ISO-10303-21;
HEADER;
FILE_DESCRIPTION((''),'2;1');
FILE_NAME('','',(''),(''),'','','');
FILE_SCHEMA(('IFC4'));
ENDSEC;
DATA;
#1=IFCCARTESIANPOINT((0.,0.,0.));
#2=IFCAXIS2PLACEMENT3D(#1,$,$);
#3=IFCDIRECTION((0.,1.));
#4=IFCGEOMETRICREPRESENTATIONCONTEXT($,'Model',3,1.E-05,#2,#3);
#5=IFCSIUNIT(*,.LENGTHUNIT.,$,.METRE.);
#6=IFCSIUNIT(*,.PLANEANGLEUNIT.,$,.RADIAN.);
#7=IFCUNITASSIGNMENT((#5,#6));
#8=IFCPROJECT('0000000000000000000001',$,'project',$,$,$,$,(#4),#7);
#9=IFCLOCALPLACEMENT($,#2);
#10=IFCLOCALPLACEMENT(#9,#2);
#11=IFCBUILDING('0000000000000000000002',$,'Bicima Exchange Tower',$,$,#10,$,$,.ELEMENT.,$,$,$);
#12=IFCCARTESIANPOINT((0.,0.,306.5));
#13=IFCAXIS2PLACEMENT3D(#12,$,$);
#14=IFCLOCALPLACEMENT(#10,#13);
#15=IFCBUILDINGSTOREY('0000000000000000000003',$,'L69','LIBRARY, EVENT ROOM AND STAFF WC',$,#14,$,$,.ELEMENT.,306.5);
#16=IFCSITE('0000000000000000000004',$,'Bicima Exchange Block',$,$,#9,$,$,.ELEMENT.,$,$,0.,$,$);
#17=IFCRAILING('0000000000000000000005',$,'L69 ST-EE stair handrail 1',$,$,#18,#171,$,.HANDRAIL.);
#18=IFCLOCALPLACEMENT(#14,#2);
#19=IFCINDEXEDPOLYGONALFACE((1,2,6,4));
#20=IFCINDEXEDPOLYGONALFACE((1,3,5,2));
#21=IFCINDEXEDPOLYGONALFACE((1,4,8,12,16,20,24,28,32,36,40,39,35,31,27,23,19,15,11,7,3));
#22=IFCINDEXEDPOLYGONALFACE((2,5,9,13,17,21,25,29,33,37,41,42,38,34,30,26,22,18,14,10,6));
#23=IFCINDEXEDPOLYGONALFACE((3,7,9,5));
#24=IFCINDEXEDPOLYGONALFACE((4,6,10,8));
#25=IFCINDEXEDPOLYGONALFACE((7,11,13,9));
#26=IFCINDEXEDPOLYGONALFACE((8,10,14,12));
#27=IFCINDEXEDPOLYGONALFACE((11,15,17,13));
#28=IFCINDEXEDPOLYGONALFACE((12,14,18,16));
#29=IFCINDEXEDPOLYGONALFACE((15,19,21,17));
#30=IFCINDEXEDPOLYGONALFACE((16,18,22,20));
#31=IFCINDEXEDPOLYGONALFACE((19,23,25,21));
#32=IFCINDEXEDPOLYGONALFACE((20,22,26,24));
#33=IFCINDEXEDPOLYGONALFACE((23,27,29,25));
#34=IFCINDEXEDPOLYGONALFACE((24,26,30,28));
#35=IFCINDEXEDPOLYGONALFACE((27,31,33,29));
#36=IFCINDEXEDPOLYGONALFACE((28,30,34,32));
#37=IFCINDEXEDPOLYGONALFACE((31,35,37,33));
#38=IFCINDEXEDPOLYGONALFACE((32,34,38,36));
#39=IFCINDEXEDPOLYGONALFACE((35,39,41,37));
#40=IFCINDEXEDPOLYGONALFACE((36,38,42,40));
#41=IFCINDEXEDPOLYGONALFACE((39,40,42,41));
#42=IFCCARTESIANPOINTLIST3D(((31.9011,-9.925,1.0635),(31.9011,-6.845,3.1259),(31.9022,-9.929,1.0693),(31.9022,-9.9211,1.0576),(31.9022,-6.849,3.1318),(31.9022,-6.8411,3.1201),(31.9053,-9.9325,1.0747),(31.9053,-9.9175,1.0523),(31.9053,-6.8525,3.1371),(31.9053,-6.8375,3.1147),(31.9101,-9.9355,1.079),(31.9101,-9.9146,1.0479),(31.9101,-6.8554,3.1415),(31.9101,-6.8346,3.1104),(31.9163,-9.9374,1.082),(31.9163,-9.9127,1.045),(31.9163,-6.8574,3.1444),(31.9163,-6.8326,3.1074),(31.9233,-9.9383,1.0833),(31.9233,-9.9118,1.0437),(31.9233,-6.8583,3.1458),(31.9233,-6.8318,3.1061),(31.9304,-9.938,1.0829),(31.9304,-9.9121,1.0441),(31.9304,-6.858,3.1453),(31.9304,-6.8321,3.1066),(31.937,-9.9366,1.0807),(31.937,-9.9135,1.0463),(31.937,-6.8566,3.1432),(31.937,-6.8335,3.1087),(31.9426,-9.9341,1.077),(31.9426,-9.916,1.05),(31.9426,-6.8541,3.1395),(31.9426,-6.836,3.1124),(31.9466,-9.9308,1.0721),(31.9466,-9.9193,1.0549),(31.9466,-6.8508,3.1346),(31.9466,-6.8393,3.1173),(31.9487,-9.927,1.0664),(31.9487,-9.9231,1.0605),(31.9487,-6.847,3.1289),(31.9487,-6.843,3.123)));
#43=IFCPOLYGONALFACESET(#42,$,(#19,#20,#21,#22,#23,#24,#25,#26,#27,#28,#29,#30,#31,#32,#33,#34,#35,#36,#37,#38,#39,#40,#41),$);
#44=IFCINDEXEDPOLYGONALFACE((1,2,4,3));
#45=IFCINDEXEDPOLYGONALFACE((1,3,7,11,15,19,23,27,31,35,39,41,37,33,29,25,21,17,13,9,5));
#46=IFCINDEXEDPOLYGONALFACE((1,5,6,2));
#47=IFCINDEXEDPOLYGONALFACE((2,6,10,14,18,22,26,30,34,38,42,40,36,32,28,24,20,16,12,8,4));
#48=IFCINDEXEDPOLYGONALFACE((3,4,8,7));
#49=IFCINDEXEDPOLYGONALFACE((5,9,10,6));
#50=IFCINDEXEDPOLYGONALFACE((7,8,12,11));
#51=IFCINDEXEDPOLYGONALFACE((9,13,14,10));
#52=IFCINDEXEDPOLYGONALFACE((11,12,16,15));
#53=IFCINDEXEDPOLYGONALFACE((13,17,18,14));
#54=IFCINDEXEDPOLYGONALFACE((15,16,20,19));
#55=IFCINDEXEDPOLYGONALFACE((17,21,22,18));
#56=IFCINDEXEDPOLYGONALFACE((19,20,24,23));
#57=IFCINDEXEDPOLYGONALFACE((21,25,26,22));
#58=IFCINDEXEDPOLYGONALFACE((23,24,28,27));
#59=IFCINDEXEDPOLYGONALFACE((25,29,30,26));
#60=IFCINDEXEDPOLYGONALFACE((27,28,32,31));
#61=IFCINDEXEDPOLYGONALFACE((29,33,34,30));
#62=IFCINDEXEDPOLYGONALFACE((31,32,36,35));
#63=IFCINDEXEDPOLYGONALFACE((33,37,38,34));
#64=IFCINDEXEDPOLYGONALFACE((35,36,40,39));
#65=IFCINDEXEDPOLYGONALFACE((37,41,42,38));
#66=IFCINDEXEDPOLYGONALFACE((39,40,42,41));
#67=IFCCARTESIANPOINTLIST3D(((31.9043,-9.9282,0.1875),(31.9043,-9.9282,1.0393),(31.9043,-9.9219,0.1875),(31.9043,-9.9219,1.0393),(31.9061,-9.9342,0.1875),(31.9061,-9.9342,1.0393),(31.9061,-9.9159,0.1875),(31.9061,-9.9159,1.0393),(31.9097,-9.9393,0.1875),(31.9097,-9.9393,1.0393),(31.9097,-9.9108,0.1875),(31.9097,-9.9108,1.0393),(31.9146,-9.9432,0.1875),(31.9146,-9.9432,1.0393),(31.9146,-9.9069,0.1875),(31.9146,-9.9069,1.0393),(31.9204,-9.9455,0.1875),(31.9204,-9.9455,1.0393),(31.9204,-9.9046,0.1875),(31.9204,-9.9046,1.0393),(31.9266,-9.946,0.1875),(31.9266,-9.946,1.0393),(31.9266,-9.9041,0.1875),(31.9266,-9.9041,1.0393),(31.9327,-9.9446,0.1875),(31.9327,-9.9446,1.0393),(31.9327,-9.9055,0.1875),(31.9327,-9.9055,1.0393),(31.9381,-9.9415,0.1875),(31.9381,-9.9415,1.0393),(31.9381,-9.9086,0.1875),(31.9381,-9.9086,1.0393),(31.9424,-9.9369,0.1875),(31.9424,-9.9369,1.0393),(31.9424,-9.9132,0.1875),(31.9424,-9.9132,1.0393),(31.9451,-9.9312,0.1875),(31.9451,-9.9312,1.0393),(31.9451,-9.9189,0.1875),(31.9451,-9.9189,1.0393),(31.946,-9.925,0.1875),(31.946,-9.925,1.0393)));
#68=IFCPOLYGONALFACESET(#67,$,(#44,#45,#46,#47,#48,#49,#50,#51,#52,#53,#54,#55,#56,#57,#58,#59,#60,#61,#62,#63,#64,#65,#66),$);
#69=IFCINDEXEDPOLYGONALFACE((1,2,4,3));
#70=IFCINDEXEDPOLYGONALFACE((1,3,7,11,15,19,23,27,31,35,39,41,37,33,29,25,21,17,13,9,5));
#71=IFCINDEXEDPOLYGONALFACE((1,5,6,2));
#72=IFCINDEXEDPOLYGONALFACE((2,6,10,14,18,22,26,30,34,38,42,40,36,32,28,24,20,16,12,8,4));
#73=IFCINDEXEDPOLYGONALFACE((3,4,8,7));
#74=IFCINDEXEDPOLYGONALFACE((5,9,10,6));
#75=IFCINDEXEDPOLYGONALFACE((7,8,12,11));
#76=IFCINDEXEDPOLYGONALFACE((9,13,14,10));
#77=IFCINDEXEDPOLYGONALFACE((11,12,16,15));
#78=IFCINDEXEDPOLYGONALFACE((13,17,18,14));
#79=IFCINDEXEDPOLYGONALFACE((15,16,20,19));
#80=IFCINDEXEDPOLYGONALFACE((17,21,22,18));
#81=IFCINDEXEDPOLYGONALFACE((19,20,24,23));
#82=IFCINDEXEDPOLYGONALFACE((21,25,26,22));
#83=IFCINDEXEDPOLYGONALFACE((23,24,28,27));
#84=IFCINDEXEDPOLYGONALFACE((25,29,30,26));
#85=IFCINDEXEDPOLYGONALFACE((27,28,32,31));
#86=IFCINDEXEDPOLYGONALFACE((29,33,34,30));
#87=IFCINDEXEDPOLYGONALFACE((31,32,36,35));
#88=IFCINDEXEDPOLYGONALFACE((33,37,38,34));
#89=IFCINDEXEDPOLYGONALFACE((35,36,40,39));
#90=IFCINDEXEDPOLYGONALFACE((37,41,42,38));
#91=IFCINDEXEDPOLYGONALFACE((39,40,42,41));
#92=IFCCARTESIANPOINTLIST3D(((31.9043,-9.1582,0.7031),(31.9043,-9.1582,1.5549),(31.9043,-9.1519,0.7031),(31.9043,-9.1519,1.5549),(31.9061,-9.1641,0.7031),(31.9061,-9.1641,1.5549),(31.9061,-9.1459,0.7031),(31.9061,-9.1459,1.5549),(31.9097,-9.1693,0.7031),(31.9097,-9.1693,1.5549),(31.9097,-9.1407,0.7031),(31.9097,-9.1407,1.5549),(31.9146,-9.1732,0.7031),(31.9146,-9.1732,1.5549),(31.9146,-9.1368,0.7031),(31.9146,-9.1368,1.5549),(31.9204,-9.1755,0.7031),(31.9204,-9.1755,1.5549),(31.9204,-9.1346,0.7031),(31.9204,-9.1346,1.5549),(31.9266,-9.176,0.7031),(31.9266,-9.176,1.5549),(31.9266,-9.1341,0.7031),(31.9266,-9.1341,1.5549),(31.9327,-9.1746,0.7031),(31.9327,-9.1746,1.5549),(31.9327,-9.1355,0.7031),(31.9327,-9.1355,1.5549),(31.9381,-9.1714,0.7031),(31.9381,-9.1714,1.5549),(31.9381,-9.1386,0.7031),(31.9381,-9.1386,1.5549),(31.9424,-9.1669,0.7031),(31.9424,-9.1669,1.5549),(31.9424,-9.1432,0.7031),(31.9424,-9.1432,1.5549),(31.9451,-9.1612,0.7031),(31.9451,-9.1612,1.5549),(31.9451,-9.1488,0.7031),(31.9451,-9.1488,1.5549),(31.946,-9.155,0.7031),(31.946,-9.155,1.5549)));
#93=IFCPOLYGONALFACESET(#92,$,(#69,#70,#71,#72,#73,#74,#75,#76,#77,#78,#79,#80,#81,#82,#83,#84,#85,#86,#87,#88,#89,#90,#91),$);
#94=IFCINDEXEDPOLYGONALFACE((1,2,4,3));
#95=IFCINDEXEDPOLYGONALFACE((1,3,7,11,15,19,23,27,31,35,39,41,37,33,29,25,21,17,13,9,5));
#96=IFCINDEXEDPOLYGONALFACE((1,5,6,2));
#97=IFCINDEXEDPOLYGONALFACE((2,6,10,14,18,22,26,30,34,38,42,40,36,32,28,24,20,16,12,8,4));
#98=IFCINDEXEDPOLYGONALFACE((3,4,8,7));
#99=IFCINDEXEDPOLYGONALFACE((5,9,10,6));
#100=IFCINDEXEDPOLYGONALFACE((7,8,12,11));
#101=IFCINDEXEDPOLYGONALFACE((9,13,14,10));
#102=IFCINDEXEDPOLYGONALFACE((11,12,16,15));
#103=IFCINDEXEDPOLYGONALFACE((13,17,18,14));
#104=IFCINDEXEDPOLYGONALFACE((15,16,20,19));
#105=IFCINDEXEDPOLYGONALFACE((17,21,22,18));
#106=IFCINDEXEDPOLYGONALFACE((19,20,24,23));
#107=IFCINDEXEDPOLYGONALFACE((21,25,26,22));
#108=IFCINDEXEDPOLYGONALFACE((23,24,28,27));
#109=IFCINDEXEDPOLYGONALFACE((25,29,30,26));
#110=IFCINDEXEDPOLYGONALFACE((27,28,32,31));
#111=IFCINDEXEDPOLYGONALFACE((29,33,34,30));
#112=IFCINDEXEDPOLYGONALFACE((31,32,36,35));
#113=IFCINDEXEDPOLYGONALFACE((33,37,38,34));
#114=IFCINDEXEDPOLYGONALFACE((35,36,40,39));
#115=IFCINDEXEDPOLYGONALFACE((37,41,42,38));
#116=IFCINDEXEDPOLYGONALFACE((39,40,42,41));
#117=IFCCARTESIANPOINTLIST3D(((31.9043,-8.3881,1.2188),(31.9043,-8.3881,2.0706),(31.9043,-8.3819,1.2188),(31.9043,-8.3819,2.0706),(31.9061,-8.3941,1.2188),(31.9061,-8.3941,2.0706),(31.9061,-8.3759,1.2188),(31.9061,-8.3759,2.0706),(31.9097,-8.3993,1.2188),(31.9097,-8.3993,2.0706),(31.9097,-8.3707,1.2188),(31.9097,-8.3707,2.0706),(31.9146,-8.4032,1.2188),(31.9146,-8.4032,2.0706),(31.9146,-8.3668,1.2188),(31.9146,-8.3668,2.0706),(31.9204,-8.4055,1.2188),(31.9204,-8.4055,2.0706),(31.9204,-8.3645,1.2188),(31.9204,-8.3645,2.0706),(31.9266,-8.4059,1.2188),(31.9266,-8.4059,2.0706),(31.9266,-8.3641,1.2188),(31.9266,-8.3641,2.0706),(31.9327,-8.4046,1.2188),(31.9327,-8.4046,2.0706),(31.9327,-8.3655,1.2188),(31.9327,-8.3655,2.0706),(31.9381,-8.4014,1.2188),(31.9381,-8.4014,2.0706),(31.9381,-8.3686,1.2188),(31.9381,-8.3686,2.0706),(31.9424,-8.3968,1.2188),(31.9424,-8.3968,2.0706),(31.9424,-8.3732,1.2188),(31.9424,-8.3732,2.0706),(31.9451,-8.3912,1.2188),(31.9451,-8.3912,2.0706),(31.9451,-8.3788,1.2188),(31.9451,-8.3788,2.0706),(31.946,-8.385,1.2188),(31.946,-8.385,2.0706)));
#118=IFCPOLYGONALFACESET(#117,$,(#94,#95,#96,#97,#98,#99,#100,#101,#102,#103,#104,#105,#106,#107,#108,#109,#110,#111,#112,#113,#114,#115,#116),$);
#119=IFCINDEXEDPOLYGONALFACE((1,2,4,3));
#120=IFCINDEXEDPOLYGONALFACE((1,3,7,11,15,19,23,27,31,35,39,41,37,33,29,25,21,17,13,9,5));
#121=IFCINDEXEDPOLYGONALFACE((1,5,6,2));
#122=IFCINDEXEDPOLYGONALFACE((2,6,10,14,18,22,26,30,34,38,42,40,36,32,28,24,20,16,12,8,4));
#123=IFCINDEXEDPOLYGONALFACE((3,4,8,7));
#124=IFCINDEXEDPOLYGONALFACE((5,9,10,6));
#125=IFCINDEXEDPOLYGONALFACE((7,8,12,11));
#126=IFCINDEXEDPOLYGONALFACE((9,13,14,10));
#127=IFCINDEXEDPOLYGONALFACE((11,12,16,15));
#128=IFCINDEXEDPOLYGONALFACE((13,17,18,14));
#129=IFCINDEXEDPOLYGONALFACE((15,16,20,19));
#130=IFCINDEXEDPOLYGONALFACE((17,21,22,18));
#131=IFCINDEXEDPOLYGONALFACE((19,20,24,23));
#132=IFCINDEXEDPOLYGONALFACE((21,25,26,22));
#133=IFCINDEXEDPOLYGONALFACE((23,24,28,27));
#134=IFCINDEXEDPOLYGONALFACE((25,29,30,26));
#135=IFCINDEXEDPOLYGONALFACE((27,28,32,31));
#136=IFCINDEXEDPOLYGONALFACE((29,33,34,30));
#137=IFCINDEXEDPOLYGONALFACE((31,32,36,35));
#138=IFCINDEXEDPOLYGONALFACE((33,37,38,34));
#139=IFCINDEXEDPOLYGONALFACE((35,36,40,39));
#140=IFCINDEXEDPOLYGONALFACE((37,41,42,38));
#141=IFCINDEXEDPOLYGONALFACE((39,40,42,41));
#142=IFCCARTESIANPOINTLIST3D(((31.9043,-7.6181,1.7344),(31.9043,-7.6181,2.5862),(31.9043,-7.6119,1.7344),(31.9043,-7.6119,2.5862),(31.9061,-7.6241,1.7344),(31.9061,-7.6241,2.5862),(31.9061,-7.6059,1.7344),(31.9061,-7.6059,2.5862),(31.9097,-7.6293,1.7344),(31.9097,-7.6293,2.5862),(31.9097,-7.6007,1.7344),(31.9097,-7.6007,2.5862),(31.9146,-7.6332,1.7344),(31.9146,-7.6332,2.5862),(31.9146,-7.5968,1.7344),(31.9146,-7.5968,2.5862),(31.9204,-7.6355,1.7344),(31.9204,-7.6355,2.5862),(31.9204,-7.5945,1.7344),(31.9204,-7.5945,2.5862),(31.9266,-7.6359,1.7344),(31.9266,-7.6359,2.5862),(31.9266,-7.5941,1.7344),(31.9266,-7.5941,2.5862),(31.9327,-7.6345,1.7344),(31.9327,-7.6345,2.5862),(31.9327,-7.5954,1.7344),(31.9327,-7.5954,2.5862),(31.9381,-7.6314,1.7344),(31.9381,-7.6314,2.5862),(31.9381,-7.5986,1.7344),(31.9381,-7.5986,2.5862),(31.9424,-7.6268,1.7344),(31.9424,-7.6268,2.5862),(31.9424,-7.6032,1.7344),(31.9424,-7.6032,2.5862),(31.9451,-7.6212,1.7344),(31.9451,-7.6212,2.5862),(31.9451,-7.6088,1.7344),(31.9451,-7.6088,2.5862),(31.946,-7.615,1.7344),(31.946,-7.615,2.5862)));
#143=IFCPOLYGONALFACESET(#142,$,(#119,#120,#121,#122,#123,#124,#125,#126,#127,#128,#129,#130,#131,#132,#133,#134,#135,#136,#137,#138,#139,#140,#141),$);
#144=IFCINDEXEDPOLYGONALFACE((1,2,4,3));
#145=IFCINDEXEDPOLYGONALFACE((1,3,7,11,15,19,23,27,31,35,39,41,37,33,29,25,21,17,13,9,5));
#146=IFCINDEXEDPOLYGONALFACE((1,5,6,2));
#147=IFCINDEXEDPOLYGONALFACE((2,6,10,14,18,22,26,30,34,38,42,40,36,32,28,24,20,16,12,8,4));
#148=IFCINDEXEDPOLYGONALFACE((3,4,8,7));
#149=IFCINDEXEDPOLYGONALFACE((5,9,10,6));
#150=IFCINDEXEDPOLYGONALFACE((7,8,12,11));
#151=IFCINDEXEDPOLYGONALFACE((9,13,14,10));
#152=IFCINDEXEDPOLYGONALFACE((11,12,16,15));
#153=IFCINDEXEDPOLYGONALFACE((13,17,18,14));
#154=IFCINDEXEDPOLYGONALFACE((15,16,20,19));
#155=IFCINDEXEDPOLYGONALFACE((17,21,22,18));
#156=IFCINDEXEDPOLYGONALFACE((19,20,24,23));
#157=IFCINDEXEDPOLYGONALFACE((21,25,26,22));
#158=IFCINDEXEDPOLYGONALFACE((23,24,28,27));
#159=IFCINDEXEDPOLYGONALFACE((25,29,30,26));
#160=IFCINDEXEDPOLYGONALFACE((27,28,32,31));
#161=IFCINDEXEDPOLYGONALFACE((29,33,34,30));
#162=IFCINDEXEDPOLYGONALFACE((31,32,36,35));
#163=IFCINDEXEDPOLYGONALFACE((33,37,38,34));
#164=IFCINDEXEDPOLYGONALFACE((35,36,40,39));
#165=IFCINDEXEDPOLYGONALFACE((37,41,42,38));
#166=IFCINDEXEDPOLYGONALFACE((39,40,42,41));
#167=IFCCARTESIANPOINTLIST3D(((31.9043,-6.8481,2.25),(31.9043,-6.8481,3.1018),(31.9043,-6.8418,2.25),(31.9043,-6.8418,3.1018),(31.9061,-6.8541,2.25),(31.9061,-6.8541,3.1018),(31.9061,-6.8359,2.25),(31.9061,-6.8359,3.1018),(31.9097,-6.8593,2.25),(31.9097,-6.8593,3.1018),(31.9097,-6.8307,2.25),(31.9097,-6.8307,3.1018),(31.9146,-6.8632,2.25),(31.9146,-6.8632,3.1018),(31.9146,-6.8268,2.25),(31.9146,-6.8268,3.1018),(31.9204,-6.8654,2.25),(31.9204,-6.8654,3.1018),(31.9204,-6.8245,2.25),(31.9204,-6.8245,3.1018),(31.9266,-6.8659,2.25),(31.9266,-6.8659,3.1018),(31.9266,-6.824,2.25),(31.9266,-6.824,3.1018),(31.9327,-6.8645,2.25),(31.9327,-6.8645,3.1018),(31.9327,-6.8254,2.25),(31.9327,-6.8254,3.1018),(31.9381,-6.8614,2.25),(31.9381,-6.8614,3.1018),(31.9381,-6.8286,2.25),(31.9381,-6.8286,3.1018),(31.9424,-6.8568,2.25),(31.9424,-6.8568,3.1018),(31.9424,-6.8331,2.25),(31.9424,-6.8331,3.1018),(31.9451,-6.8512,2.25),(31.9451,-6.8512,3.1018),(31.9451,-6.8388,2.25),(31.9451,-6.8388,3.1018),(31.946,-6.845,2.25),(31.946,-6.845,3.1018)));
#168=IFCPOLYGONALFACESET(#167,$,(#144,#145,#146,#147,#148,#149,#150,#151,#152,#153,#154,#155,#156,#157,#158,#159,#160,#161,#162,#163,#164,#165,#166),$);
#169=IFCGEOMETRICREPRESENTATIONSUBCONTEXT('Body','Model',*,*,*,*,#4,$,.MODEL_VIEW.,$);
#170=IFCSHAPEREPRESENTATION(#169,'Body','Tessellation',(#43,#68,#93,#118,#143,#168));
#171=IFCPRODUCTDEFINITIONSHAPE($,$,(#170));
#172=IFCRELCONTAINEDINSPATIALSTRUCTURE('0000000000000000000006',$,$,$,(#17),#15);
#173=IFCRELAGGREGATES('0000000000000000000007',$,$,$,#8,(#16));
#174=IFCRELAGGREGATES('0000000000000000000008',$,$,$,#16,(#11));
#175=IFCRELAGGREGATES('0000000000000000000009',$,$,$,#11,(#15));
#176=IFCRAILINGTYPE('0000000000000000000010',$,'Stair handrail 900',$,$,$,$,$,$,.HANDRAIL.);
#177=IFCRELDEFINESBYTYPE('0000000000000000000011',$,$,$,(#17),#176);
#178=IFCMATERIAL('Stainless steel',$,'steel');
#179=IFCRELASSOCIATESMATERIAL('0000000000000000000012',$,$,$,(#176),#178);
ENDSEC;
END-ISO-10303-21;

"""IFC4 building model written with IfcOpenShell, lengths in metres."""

from ifc_helpers import new_model, si_unit, direction, frame, origin, origin_2d, place, context, subcontext, project, spatial, circle, extrude, material, type_object, element, save


model = new_model("IFC4")

# Units and contexts
model_context = context("Model", 3, precision=1e-05, world=origin(), true_north=direction((0.0, 1.0)))
body_context = subcontext(model_context, "Body", "Model", "MODEL_VIEW")
ifc_project = project(units=[si_unit("LENGTHUNIT", "METRE"), si_unit("PLANEANGLEUNIT", "RADIAN")], contexts=[model_context])

# Site, building, storey
site_placement = place(None, origin())
site = spatial("IfcSite", under=ifc_project, at=site_placement, Name="Bicima Exchange Block", CompositionType="ELEMENT", RefElevation=0.0)
building_placement = place(site_placement, origin())
building = spatial("IfcBuilding", under=site, at=building_placement, Name="Bicima Exchange Tower", CompositionType="ELEMENT")
storey_placement = place(building_placement, frame((0.0, 0.0, 306.5)))
storey = spatial("IfcBuildingStorey", under=building, at=storey_placement, Name="L69", Description="LIBRARY, EVENT ROOM AND STAFF WC", CompositionType="ELEMENT", Elevation=306.5)

# Railing
ifc_material_1 = material(Name="Stainless steel", Category="steel")
railing_type = type_object("IfcRailingType", Name="Stair handrail 900", PredefinedType="HANDRAIL", material=ifc_material_1)
railing_placement = place(storey_placement, frame((31.925, -9.925, 0.1875)))
element("IfcRailing", 1, at=railing_placement, inside=storey, type_object=railing_type, Name="L69 ST-EE stair handrail 1", PredefinedType="HANDRAIL", context=body_context, shape_type="SweptSolid", body=[
    extrude(circle(Radius=0.0239, at=origin_2d()), frame((0.0, 0.0, 0.876), z_axis=(0.0, 0.830914, 0.556401), x_axis=(-1.0, 0.0, 0.0)), (0.0, 0.0, 1.0), 3.7068),
    extrude(circle(Radius=0.021, at=origin_2d()), origin(), (0.0, 0.0, 1.0), 0.8518),
    extrude(circle(Radius=0.021, at=origin_2d()), frame((0.0, 0.77, 0.5156)), (0.0, 0.0, 1.0), 0.8518),
    extrude(circle(Radius=0.021, at=origin_2d()), frame((0.0, 1.54, 1.0312)), (0.0, 0.0, 1.0), 0.8518),
    extrude(circle(Radius=0.021, at=origin_2d()), frame((0.0, 2.3101, 1.5469)), (0.0, 0.0, 1.0), 0.8518),
    extrude(circle(Radius=0.021, at=origin_2d()), frame((0.0, 3.0801, 2.0625)), (0.0, 0.0, 1.0), 0.8518),
])

save(model, "model.ifc")
